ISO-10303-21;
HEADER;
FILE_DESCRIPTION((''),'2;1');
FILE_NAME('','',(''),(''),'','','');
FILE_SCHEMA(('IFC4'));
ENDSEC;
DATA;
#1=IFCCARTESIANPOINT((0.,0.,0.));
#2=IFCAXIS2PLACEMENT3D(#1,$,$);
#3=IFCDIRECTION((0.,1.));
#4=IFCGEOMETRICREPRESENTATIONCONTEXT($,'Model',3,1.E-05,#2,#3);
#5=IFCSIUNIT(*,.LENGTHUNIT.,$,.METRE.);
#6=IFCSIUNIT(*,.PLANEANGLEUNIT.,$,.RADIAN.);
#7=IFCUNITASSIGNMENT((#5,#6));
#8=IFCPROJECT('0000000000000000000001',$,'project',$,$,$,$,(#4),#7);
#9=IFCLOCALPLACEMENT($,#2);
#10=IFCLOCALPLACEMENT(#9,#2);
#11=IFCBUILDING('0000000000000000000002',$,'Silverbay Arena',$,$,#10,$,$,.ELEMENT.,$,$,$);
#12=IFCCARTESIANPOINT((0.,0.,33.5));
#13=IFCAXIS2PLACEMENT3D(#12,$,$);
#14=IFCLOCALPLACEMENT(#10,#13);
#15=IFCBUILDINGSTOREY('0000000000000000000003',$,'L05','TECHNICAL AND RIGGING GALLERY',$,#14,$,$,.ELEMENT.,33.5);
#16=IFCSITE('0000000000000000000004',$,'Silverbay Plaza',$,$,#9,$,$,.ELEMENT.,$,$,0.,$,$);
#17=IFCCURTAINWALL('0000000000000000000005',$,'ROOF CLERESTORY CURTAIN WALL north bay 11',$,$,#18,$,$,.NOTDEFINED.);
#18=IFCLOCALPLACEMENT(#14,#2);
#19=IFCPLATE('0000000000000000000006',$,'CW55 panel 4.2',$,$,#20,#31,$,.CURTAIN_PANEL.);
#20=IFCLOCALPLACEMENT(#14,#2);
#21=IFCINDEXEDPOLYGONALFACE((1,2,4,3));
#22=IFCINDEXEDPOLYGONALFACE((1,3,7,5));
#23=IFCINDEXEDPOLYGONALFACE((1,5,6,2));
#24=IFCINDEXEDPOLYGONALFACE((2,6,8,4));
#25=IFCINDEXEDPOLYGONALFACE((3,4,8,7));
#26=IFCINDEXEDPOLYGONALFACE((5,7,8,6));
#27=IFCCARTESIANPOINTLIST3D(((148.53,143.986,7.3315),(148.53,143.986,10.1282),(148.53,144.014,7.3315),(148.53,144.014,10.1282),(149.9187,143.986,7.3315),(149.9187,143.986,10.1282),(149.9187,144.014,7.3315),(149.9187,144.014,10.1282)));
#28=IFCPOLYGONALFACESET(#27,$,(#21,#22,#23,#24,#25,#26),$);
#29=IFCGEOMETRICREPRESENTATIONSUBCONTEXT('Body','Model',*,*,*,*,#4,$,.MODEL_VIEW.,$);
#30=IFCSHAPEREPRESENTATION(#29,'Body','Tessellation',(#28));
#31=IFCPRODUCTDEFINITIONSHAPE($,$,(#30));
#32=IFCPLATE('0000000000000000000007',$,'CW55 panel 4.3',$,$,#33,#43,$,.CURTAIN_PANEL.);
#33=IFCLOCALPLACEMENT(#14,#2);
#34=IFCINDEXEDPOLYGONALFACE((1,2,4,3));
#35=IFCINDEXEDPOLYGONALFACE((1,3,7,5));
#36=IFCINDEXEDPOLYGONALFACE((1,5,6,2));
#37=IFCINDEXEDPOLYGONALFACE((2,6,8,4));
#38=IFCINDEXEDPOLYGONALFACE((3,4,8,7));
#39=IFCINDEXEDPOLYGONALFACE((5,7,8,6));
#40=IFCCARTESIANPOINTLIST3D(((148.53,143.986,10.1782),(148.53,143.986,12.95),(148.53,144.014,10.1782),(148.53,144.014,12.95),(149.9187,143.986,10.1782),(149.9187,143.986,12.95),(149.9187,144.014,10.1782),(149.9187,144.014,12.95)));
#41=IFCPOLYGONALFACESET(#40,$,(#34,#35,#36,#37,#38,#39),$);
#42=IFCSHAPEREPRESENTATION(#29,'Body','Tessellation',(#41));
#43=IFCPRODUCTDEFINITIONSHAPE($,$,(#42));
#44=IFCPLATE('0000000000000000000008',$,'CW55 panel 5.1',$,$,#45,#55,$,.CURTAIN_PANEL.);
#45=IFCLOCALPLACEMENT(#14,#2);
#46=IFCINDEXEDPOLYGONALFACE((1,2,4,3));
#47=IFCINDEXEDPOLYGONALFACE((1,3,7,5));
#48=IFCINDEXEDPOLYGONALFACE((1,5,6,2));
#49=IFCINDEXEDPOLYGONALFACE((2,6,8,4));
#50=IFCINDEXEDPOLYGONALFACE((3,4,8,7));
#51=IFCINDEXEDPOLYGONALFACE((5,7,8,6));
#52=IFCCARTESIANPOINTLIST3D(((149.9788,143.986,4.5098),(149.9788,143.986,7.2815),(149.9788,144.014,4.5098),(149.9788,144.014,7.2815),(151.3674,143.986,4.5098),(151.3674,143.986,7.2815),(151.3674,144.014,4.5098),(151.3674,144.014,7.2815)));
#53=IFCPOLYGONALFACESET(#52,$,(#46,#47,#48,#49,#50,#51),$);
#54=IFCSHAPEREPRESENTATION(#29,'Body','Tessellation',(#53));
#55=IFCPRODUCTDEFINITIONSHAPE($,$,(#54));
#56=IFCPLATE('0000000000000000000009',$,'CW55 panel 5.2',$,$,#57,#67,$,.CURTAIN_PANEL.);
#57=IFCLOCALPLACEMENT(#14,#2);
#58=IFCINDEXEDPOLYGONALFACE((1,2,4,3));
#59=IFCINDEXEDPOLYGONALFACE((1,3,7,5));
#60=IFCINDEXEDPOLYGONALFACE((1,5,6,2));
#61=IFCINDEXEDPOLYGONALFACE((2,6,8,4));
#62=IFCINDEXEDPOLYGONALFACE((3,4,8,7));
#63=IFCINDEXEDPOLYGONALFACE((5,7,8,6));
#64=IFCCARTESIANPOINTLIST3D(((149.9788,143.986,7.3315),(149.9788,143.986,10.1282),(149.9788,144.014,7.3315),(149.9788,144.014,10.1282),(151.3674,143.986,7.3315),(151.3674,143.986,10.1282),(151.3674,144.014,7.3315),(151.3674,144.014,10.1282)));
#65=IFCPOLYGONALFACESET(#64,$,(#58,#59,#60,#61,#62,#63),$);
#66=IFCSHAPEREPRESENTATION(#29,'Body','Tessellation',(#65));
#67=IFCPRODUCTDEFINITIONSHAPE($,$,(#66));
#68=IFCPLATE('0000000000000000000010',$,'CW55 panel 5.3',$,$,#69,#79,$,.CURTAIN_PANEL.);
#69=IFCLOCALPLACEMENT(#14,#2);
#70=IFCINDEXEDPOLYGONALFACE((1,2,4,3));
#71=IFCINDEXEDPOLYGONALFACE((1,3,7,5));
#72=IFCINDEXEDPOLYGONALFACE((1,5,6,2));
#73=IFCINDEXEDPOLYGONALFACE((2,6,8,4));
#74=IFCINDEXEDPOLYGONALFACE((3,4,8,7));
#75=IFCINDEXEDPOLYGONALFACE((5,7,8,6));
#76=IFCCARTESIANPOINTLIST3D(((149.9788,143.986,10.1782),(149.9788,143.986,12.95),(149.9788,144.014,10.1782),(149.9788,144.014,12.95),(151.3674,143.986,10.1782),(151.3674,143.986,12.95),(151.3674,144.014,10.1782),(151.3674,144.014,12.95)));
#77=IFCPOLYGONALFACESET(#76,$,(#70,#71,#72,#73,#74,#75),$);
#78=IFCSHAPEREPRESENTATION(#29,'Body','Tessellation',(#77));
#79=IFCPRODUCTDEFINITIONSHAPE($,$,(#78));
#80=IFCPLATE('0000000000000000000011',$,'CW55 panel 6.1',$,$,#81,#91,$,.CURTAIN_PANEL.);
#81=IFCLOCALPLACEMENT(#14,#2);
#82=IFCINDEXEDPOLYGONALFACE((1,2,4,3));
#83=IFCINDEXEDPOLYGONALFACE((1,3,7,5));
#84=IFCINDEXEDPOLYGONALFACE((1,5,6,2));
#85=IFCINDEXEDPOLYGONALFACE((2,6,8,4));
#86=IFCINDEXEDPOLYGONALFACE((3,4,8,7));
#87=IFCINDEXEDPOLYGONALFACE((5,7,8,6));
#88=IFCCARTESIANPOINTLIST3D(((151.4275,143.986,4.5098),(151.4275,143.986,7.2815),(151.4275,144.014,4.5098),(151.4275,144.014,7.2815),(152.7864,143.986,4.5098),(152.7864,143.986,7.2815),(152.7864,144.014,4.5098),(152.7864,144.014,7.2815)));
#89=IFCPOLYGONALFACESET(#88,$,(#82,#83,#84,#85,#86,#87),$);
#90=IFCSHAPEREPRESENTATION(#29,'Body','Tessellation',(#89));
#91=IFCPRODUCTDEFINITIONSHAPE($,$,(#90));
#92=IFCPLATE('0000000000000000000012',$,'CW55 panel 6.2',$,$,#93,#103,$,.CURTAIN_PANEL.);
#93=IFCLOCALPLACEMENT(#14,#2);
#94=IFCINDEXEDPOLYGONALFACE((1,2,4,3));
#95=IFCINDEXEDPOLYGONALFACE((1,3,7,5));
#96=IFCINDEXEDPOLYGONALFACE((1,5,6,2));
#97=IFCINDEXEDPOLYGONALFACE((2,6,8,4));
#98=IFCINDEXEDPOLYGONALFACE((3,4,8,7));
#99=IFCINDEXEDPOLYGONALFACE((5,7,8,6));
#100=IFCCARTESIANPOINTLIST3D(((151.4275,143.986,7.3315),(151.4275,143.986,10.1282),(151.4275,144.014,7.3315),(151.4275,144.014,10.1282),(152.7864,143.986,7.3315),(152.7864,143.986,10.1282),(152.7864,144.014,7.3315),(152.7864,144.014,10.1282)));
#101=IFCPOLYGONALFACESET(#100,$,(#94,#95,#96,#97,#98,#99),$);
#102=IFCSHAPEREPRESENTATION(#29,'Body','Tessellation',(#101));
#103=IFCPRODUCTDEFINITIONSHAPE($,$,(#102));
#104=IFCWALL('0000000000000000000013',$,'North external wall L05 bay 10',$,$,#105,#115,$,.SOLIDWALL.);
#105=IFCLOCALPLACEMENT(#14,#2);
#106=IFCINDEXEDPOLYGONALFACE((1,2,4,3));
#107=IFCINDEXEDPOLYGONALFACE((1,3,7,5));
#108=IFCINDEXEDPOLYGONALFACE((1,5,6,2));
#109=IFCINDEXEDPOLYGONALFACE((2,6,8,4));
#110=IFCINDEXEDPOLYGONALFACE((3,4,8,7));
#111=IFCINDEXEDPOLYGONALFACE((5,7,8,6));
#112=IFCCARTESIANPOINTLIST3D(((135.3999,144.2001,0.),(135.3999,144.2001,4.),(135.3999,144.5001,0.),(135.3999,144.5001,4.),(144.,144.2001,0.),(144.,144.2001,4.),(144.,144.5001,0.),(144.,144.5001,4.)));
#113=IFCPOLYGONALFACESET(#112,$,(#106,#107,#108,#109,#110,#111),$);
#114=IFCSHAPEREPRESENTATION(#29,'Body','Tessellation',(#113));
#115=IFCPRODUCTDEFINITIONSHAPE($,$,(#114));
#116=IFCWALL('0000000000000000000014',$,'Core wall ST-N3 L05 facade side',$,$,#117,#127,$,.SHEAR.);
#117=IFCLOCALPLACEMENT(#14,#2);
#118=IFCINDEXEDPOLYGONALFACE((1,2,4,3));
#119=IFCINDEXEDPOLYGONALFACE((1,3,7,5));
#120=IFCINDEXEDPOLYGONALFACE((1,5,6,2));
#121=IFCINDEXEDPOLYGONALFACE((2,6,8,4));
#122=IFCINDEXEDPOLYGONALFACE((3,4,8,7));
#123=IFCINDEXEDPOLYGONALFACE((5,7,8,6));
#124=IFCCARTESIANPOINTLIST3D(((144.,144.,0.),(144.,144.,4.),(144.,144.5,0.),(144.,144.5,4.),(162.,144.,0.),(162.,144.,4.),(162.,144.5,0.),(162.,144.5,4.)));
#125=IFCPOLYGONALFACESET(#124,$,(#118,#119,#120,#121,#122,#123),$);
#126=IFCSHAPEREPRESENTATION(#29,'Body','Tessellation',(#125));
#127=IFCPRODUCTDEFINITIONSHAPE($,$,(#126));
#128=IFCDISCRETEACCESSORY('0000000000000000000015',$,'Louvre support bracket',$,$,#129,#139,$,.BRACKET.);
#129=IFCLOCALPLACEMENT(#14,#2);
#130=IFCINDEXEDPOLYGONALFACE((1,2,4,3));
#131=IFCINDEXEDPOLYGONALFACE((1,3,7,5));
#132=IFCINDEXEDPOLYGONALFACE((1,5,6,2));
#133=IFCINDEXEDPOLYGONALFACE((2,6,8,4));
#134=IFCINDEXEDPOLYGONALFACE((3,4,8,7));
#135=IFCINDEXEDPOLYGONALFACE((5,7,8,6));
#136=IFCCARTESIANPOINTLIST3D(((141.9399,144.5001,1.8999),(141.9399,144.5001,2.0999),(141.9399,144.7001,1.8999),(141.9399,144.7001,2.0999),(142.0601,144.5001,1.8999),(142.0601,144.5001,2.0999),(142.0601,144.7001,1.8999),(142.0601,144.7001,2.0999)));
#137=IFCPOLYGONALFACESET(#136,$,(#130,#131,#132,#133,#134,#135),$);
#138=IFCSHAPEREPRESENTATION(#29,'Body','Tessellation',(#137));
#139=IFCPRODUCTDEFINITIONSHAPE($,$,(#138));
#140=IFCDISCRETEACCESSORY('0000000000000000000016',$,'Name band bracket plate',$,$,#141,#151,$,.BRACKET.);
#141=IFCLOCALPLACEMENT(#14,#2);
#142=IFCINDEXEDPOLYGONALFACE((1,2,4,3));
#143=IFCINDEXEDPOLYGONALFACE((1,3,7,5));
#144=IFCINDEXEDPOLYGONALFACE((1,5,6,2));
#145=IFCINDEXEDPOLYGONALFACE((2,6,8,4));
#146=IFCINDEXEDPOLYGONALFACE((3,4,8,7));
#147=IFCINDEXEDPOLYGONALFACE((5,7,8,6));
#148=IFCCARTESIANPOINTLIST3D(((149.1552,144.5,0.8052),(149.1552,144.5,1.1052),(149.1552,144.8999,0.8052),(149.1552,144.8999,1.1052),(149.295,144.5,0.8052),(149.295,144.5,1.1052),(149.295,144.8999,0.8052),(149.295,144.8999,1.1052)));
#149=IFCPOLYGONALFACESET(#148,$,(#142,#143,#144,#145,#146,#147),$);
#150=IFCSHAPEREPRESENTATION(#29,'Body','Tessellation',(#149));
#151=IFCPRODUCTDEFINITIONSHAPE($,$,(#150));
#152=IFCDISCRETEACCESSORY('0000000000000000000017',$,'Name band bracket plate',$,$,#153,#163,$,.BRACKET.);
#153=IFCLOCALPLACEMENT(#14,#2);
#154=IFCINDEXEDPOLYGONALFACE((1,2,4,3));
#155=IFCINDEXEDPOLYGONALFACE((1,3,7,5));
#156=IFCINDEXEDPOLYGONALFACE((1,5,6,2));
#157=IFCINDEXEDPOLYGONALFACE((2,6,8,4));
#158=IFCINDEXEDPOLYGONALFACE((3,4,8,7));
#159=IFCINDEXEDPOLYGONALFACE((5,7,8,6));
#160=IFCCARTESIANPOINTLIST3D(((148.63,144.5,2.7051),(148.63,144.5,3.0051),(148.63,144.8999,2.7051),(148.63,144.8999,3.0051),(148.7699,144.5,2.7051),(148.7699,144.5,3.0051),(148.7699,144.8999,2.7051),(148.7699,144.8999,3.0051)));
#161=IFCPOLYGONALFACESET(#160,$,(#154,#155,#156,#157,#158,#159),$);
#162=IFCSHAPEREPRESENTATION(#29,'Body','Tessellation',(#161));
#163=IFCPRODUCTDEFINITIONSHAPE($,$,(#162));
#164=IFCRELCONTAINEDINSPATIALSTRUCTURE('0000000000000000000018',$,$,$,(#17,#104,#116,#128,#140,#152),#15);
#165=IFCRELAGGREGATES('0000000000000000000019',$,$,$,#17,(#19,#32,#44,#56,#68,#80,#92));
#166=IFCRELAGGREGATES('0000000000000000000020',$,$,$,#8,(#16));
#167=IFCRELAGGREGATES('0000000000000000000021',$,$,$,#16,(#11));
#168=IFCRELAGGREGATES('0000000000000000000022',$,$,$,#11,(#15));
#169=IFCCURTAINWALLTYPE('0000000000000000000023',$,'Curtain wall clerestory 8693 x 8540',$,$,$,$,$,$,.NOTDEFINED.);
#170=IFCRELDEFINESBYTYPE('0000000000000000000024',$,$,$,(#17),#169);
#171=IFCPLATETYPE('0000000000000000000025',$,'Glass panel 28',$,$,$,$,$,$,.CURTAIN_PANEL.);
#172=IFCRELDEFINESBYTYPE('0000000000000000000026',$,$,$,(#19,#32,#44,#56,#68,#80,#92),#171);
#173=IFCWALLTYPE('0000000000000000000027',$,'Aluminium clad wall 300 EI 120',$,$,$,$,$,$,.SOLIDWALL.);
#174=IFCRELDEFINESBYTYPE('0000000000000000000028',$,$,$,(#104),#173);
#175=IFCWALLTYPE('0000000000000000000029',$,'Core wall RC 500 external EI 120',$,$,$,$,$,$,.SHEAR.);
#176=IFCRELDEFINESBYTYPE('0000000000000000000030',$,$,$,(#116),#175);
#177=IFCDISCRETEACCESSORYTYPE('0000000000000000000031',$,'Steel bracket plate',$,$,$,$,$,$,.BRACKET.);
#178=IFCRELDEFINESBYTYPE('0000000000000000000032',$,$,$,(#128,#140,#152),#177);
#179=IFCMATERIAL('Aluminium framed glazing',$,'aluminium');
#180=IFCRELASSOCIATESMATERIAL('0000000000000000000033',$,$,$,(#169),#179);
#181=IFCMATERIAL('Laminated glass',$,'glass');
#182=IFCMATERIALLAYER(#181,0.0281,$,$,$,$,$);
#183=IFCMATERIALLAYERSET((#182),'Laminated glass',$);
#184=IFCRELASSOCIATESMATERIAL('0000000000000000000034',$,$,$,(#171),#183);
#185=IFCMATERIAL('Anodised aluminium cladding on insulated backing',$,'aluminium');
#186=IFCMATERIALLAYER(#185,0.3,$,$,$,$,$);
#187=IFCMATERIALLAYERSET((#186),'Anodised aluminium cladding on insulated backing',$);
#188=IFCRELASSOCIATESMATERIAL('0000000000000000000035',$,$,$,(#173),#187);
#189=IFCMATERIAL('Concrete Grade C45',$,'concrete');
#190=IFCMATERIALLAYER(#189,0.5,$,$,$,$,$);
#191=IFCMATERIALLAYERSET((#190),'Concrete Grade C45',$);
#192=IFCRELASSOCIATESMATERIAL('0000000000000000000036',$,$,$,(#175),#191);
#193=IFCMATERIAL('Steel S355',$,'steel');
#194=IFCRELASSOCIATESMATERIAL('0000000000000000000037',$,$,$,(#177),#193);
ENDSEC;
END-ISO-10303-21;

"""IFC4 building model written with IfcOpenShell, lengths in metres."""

from ifc_helpers import new_model, si_unit, direction, frame, frame_2d, origin, origin_2d, place, context, subcontext, project, spatial, rectangle, extrude, material, layer, layer_set, type_object, element, aggregate, save


model = new_model("IFC4")

# Units and contexts
model_context = context("Model", 3, precision=1e-05, world=origin(), true_north=direction((0.0, 1.0)))
body_context = subcontext(model_context, "Body", "Model", "MODEL_VIEW")
ifc_project = project(units=[si_unit("LENGTHUNIT", "METRE"), si_unit("PLANEANGLEUNIT", "RADIAN")], contexts=[model_context])

# Site, building, storey
site_placement = place(None, origin())
site = spatial("IfcSite", under=ifc_project, at=site_placement, Name="Silverbay Plaza", CompositionType="ELEMENT", RefElevation=0.0)
building_placement = place(site_placement, origin())
building = spatial("IfcBuilding", under=site, at=building_placement, Name="Silverbay Arena", CompositionType="ELEMENT")
storey_placement = place(building_placement, frame((0.0, 0.0, 33.5)))
storey = spatial("IfcBuildingStorey", under=building, at=storey_placement, Name="L05", Description="TECHNICAL AND RIGGING GALLERY", CompositionType="ELEMENT", Elevation=33.5)

# Curtain wall
ifc_material_1 = material(Name="Aluminium framed glazing", Category="aluminium")
curtain_wall_type = type_object("IfcCurtainWallType", Name="Curtain wall clerestory 8693 x 8540", PredefinedType="NOTDEFINED", material=ifc_material_1)
curtain_wall_placement = place(storey_placement, origin())
curtain_wall = element("IfcCurtainWall", 1, at=curtain_wall_placement, inside=storey, type_object=curtain_wall_type, Name="ROOF CLERESTORY CURTAIN WALL north bay 11", PredefinedType="NOTDEFINED")

# Plates
ifc_material_2 = material(Name="Laminated glass", Category="glass")
ifc_layer_1 = layer(ifc_material_2, 0.0281)
ifc_layer_set_1 = layer_set([ifc_layer_1], Name="Laminated glass")
plate_type = type_object("IfcPlateType", Name="Glass panel 28", PredefinedType="CURTAIN_PANEL", material=ifc_layer_set_1)
plate_1_placement = place(storey_placement, frame((149.2244, 144.0, 7.3315), z_axis=(0.0, 0.0, 1.0), x_axis=(1.0, 0.0, 0.0)))
plate_1 = element("IfcPlate", 2, at=plate_1_placement, type_object=plate_type, Name="CW55 panel 4.2", PredefinedType="CURTAIN_PANEL", context=body_context, shape_type="SweptSolid", body=[
    extrude(rectangle(XDim=1.3887, YDim=0.0281, at=origin_2d()), origin(), (0.0, 0.0, 1.0), 2.7966),
])
plate_2_placement = place(storey_placement, frame((149.2244, 144.0, 10.1782), z_axis=(0.0, 0.0, 1.0), x_axis=(1.0, 0.0, 0.0)))
plate_2 = element("IfcPlate", 3, at=plate_2_placement, type_object=plate_type, Name="CW55 panel 4.3", PredefinedType="CURTAIN_PANEL", context=body_context, shape_type="SweptSolid", body=[
    extrude(rectangle(XDim=1.3887, YDim=0.0281, at=origin_2d()), origin(), (0.0, 0.0, 1.0), 2.7717),
])
plate_3_placement = place(storey_placement, frame((150.6731, 144.0, 4.5098), z_axis=(0.0, 0.0, 1.0), x_axis=(1.0, 0.0, 0.0)))
plate_3 = element("IfcPlate", 4, at=plate_3_placement, type_object=plate_type, Name="CW55 panel 5.1", PredefinedType="CURTAIN_PANEL", context=body_context, shape_type="SweptSolid", body=[
    extrude(rectangle(XDim=1.3887, YDim=0.0281, at=origin_2d()), origin(), (0.0, 0.0, 1.0), 2.7717),
])
plate_4_placement = place(storey_placement, frame((150.6731, 144.0, 7.3315), z_axis=(0.0, 0.0, 1.0), x_axis=(1.0, 0.0, 0.0)))
plate_4 = element("IfcPlate", 5, at=plate_4_placement, type_object=plate_type, Name="CW55 panel 5.2", PredefinedType="CURTAIN_PANEL", context=body_context, shape_type="SweptSolid", body=[
    extrude(rectangle(XDim=1.3887, YDim=0.0281, at=origin_2d()), origin(), (0.0, 0.0, 1.0), 2.7966),
])
plate_5_placement = place(storey_placement, frame((150.6731, 144.0, 10.1782), z_axis=(0.0, 0.0, 1.0), x_axis=(1.0, 0.0, 0.0)))
plate_5 = element("IfcPlate", 6, at=plate_5_placement, type_object=plate_type, Name="CW55 panel 5.3", PredefinedType="CURTAIN_PANEL", context=body_context, shape_type="SweptSolid", body=[
    extrude(rectangle(XDim=1.3887, YDim=0.0281, at=origin_2d()), origin(), (0.0, 0.0, 1.0), 2.7717),
])
plate_6_placement = place(storey_placement, frame((152.1069, 144.0, 4.5098), z_axis=(0.0, 0.0, 1.0), x_axis=(1.0, 0.0, 0.0)))
plate_6 = element("IfcPlate", 7, at=plate_6_placement, type_object=plate_type, Name="CW55 panel 6.1", PredefinedType="CURTAIN_PANEL", context=body_context, shape_type="SweptSolid", body=[
    extrude(rectangle(XDim=1.3589, YDim=0.0281, at=origin_2d()), origin(), (0.0, 0.0, 1.0), 2.7717),
])
plate_7_placement = place(storey_placement, frame((152.1069, 144.0, 7.3315), z_axis=(0.0, 0.0, 1.0), x_axis=(1.0, 0.0, 0.0)))
plate_7 = element("IfcPlate", 8, at=plate_7_placement, type_object=plate_type, Name="CW55 panel 6.2", PredefinedType="CURTAIN_PANEL", context=body_context, shape_type="SweptSolid", body=[
    extrude(rectangle(XDim=1.3589, YDim=0.0281, at=origin_2d()), origin(), (0.0, 0.0, 1.0), 2.7966),
])
aggregate(curtain_wall, [plate_1, plate_2, plate_3, plate_4, plate_5, plate_6, plate_7])

# Walls
ifc_material_3 = material(Name="Anodised aluminium cladding on insulated backing", Category="aluminium")
ifc_layer_2 = layer(ifc_material_3, 0.3)
ifc_layer_set_2 = layer_set([ifc_layer_2], Name="Anodised aluminium cladding on insulated backing")
wall_type_1 = type_object("IfcWallType", Name="Aluminium clad wall 300 EI 120", PredefinedType="SOLIDWALL", material=ifc_layer_set_2)
wall_1_placement = place(storey_placement, frame((144.0, 144.3501, 0.0), z_axis=(0.0, 0.0, 1.0), x_axis=(-1.0, 0.0, 0.0)))
element("IfcWall", 9, at=wall_1_placement, inside=storey, type_object=wall_type_1, Name="North external wall L05 bay 10", PredefinedType="SOLIDWALL", context=body_context, shape_type="SweptSolid", body=[
    extrude(rectangle(XDim=8.6001, YDim=0.3, at=frame_2d((4.3, 0.0))), origin(), (0.0, 0.0, 1.0), 4.0),
])
ifc_material_4 = material(Name="Concrete Grade C45", Category="concrete")
ifc_layer_3 = layer(ifc_material_4, 0.5)
ifc_layer_set_3 = layer_set([ifc_layer_3], Name="Concrete Grade C45")
wall_type_2 = type_object("IfcWallType", Name="Core wall RC 500 external EI 120", PredefinedType="SHEAR", material=ifc_layer_set_3)
wall_2_placement = place(storey_placement, frame((144.0, 144.25, 0.0), z_axis=(0.0, 0.0, 1.0), x_axis=(1.0, 0.0, 0.0)))
element("IfcWall", 10, at=wall_2_placement, inside=storey, type_object=wall_type_2, Name="Core wall ST-N3 L05 facade side", PredefinedType="SHEAR", context=body_context, shape_type="SweptSolid", body=[
    extrude(rectangle(XDim=18.0, YDim=0.5, at=frame_2d((9.0, 0.0))), origin(), (0.0, 0.0, 1.0), 4.0),
])

# Discrete accessories
ifc_material_5 = material(Name="Steel S355", Category="steel")
discrete_accessory_type = type_object("IfcDiscreteAccessoryType", Name="Steel bracket plate", PredefinedType="BRACKET", material=ifc_material_5)
discrete_accessory_placement = place(storey_placement, frame((142.0, 144.6001, 1.8999), z_axis=(0.0, 0.0, 1.0), x_axis=(1.0, 0.0, 0.0)))
element("IfcDiscreteAccessory", 11, at=discrete_accessory_placement, inside=storey, type_object=discrete_accessory_type, Name="Louvre support bracket", PredefinedType="BRACKET", context=body_context, shape_type="SweptSolid", body=[
    extrude(rectangle(XDim=0.1201, YDim=0.2, at=origin_2d()), origin(), (0.0, 0.0, 1.0), 0.2),
])
for number, where, z_axis, x_axis, name in (
    (12, (149.2251, 144.7, 0.8052), (0.0, 0.0, 1.0), (1.0, 0.0, 0.0), "Name band bracket plate"),
    (13, (148.7, 144.7, 2.7051), (0.0, 0.0, 1.0), (1.0, 0.0, 0.0), "Name band bracket plate"),
):
    element("IfcDiscreteAccessory", number, at=place(storey_placement, frame(where, z_axis=z_axis, x_axis=x_axis)), inside=storey, type_object=discrete_accessory_type, Name=name, PredefinedType="BRACKET", context=body_context, shape_type="SweptSolid", body=[
        extrude(rectangle(XDim=0.1399, YDim=0.3999, at=origin_2d()), origin(), (0.0, 0.0, 1.0), 0.3),
    ])

save(model, "model.ifc")
